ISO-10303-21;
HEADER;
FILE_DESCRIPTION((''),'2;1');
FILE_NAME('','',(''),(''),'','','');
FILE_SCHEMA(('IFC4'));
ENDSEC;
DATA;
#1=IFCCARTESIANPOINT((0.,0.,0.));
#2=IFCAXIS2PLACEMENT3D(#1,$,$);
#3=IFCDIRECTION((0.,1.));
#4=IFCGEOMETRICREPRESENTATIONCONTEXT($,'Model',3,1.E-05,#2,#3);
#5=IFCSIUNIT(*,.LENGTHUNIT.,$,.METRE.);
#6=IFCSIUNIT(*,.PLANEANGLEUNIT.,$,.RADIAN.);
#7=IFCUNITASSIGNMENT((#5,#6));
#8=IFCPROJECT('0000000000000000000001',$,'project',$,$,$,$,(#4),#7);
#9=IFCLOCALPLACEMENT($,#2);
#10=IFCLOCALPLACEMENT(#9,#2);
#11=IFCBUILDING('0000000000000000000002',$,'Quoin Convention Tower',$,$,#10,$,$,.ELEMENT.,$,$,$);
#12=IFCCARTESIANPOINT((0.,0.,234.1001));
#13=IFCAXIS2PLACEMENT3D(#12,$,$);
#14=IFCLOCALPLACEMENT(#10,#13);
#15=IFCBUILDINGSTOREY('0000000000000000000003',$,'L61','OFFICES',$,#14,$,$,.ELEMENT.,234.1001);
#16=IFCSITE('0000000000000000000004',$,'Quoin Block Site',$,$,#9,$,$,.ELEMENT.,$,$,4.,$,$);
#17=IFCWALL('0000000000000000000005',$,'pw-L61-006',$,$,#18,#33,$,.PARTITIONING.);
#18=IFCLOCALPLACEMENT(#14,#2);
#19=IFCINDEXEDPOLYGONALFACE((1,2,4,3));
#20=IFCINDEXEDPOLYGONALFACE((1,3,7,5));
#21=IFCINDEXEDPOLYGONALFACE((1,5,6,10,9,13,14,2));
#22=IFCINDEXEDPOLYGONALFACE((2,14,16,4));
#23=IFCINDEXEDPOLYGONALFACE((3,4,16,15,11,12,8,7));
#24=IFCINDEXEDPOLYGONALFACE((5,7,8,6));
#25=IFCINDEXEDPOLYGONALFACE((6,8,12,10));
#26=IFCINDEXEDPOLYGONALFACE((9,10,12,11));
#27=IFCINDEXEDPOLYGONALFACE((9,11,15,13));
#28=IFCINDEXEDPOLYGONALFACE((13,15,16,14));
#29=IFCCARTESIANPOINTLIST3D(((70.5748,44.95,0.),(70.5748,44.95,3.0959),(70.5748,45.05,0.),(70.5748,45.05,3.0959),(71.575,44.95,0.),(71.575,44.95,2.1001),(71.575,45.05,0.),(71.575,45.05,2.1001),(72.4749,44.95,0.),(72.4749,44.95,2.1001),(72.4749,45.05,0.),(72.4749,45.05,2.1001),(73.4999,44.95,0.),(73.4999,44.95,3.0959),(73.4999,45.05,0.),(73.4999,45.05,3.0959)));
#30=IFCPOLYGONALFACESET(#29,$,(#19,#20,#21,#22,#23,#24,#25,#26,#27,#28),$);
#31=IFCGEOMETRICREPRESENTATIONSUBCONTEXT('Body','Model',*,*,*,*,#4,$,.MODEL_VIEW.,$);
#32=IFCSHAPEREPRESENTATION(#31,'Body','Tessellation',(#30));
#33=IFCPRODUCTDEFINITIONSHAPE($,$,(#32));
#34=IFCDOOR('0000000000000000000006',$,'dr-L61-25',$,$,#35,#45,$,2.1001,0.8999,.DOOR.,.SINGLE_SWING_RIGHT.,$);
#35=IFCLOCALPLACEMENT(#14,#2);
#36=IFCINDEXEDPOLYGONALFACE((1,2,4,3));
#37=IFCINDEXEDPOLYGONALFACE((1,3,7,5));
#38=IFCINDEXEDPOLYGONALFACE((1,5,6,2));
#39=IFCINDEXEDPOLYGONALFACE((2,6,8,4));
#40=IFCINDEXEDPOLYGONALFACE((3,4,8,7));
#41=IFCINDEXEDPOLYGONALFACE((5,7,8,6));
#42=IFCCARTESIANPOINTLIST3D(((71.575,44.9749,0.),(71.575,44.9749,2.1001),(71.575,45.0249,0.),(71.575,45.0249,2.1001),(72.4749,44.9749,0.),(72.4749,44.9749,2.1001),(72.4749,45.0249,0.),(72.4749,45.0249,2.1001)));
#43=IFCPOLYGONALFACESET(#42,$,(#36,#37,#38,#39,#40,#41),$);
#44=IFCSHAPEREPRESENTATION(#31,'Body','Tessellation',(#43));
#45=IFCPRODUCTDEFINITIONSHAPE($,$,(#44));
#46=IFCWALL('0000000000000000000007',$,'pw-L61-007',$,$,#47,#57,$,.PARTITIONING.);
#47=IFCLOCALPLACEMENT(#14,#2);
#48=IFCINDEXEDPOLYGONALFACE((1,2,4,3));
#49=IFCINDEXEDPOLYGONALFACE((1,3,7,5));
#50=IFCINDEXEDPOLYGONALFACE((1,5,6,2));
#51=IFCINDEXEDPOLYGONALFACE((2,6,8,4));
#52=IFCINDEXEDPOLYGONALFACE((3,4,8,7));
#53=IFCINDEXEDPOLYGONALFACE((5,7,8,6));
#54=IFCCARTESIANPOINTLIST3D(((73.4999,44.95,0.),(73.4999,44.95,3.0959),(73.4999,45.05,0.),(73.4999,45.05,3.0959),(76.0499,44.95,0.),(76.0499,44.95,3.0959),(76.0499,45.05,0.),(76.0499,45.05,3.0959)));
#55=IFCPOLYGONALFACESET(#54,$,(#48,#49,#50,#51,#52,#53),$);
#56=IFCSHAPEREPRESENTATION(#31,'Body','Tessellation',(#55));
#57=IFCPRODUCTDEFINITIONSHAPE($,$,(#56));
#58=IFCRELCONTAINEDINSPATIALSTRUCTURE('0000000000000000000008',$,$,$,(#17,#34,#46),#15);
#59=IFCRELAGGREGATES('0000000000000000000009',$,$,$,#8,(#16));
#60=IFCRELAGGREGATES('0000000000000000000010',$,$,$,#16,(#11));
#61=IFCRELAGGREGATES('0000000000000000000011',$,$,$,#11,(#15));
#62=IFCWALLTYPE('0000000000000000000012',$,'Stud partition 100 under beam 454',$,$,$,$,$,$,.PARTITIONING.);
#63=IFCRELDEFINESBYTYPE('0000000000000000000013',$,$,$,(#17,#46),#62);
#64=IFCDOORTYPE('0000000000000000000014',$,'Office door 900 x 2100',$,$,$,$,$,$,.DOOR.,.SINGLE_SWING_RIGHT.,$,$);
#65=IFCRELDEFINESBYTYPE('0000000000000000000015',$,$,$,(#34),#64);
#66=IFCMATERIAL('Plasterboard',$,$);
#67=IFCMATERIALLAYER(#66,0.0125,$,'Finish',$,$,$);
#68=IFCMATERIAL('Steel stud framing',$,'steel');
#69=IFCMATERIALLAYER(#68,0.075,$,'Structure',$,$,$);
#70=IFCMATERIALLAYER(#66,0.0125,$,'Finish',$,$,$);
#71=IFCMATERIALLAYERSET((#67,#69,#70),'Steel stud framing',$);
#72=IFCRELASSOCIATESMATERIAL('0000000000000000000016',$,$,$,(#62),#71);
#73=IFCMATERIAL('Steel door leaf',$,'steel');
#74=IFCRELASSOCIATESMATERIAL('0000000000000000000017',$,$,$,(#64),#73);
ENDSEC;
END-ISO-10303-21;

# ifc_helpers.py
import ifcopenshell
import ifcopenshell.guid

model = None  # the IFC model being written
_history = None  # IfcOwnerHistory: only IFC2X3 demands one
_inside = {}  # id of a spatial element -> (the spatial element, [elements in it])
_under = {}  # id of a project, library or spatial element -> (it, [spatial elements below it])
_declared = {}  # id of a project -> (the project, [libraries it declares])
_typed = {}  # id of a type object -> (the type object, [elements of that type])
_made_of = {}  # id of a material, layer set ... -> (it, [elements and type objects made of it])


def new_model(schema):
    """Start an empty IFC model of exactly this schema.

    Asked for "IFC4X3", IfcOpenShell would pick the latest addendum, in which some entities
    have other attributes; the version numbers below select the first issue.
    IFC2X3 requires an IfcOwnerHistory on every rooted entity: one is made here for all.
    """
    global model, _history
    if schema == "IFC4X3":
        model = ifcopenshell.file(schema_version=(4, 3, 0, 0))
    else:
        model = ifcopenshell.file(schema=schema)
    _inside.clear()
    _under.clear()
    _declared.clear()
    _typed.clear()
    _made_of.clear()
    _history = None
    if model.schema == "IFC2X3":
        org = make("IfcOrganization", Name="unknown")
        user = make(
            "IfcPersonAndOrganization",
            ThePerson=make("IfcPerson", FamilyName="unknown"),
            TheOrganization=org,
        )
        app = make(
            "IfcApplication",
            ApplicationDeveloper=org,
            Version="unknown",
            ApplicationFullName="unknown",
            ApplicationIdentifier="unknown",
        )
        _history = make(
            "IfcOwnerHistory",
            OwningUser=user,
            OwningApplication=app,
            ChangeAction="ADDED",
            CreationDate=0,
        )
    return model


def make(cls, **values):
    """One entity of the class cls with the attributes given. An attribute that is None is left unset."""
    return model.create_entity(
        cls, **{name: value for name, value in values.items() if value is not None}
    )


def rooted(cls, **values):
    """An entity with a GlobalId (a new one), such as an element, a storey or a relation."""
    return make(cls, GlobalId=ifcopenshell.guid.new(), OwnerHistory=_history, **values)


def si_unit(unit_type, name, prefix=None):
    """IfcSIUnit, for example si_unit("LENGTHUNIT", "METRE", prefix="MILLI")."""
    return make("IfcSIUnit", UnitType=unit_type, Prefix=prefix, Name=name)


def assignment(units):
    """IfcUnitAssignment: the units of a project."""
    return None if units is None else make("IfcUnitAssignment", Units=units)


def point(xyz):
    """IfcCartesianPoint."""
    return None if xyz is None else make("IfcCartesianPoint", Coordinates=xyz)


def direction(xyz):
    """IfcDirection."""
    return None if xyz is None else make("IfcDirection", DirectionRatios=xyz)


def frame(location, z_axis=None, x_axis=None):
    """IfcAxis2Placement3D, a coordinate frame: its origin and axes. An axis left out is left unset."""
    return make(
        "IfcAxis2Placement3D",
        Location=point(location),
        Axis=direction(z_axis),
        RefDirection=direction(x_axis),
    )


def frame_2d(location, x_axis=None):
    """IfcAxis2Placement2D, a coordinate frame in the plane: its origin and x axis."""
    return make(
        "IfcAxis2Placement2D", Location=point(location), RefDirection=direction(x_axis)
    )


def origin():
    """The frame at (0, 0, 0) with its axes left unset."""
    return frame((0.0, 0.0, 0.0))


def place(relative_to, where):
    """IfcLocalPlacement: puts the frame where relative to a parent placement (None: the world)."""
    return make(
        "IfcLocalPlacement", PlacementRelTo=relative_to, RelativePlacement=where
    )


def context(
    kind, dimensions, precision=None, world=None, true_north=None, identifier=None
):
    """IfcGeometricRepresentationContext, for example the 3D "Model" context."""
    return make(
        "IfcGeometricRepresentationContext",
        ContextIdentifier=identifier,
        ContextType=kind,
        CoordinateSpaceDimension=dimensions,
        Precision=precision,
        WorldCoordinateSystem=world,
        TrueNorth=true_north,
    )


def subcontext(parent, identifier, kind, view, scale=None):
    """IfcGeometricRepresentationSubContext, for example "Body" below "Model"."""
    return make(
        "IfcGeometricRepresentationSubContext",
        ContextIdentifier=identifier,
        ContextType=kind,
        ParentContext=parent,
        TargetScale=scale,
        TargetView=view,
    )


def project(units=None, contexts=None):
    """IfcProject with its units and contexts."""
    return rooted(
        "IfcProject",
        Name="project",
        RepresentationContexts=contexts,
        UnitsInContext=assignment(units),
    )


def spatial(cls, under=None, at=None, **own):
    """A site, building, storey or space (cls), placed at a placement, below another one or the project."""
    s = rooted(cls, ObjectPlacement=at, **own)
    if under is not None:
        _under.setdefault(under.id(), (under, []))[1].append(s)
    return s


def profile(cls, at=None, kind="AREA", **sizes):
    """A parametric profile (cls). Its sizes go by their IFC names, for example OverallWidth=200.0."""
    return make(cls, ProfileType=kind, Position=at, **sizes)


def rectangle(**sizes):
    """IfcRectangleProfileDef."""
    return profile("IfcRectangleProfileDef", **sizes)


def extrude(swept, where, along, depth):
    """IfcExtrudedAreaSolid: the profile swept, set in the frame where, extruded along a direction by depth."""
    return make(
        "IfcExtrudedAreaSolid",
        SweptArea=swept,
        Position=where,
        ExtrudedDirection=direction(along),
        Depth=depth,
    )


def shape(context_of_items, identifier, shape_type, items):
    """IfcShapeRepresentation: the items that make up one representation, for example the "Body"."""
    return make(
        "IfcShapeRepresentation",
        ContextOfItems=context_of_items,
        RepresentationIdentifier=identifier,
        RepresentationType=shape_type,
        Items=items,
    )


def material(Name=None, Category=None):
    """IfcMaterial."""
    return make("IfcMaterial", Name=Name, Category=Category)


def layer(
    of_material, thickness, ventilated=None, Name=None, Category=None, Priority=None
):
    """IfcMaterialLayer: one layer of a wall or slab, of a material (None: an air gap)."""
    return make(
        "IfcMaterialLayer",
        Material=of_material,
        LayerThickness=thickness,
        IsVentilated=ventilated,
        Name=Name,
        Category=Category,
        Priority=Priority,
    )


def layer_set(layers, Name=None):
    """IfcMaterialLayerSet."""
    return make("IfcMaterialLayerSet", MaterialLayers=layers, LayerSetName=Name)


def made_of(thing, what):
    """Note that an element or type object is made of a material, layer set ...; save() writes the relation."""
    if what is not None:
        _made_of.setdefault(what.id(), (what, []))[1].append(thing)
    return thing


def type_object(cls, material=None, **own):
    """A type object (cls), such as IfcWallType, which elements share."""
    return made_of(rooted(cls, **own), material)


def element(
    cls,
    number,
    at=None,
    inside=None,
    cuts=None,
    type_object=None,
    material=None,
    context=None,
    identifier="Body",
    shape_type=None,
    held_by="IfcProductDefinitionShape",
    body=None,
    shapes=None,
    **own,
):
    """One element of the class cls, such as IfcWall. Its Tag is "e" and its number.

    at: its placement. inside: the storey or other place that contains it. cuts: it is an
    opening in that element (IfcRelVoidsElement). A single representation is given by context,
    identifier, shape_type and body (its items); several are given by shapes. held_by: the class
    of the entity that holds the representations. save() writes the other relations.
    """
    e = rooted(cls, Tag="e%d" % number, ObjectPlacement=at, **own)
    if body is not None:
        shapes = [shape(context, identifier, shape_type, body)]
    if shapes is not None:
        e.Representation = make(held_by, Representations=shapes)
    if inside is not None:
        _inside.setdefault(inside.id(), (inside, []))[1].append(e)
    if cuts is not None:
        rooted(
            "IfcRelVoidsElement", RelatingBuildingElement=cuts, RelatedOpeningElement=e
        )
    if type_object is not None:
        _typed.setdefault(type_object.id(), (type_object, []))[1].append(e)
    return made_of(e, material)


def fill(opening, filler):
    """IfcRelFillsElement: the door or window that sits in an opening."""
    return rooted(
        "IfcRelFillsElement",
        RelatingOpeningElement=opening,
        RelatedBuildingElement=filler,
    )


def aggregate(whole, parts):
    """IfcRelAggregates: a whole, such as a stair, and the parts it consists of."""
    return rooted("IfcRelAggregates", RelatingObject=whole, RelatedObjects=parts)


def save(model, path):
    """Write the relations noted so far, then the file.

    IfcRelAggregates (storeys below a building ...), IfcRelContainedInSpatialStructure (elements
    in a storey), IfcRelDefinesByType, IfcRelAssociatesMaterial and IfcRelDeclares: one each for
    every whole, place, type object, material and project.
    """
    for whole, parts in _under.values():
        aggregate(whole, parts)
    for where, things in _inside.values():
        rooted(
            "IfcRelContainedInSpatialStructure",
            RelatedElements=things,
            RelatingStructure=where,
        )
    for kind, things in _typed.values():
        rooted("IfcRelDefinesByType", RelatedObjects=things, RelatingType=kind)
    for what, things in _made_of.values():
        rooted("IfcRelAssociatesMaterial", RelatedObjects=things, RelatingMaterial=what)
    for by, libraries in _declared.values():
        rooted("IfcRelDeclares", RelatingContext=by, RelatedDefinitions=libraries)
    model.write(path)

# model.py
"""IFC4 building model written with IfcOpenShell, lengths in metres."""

from ifc_helpers import new_model, si_unit, direction, frame, frame_2d, origin, place, context, subcontext, project, spatial, rectangle, extrude, material, layer, layer_set, type_object, element, fill, save


model = new_model("IFC4")

# Units and contexts
model_context = context("Model", 3, precision=1e-05, world=origin(), true_north=direction((0.0, 1.0)))
body_context = subcontext(model_context, "Body", "Model", "MODEL_VIEW")
ifc_project = project(units=[si_unit("LENGTHUNIT", "METRE"), si_unit("PLANEANGLEUNIT", "RADIAN")], contexts=[model_context])

# Site, building, storey
site_placement = place(None, origin())
site = spatial("IfcSite", under=ifc_project, at=site_placement, Name="Quoin Block Site", CompositionType="ELEMENT", RefElevation=4.0)
building_placement = place(site_placement, origin())
building = spatial("IfcBuilding", under=site, at=building_placement, Name="Quoin Convention Tower", CompositionType="ELEMENT")
storey_placement = place(building_placement, frame((0.0, 0.0, 234.1001)))
storey = spatial("IfcBuildingStorey", under=building, at=storey_placement, Name="L61", Description="OFFICES", CompositionType="ELEMENT", Elevation=234.1001)

# Shared definitions
ifc_material_1 = material(Name="Plasterboard")
ifc_material_2 = material(Name="Steel stud framing", Category="steel")

# Wall, opening, door
ifc_material_3 = material(Name="Steel door leaf", Category="steel")
ifc_layer_1 = layer(ifc_material_1, 0.0125, Name="Finish")
ifc_layer_2 = layer(ifc_material_2, 0.075, Name="Structure")
ifc_layer_3 = layer(ifc_material_1, 0.0125, Name="Finish")
ifc_layer_set_1 = layer_set([ifc_layer_1, ifc_layer_2, ifc_layer_3], Name="Steel stud framing")
wall_type_1 = type_object("IfcWallType", Name="Stud partition 100 under beam 454", PredefinedType="PARTITIONING", material=ifc_layer_set_1)
wall_1_placement = place(storey_placement, frame((70.575, 45.0, 0.0), z_axis=(0.0, 0.0, 1.0), x_axis=(1.0, 0.0, 0.0)))
wall_1 = element("IfcWall", 1, at=wall_1_placement, inside=storey, type_object=wall_type_1, Name="pw-L61-006", PredefinedType="PARTITIONING", context=body_context, shape_type="SweptSolid", body=[
    extrude(rectangle(XDim=2.925, YDim=0.1001, at=frame_2d((1.4624, 0.0))), origin(), (0.0, 0.0, 1.0), 3.0959),
])
opening_1_placement = place(wall_1_placement, frame((1.0, 0.0, 0.0)))
opening_1 = element("IfcOpeningElement", 2, at=opening_1_placement, cuts=wall_1, PredefinedType="OPENING", context=body_context, shape_type="SweptSolid", body=[
    extrude(rectangle(XDim=0.8999, YDim=2.1001, at=frame_2d((0.45, 1.05))), frame((0.0, 0.0601, 0.0), z_axis=(0.0, -1.0, 0.0), x_axis=(1.0, 0.0, 0.0)), (0.0, 0.0, 1.0), 0.1201),
])
door_type_1 = type_object("IfcDoorType", Name="Office door 900 x 2100", OperationType="SINGLE_SWING_RIGHT", PredefinedType="DOOR", material=ifc_material_3)
door_1_placement = place(opening_1_placement, origin())
door_1 = element("IfcDoor", 3, at=door_1_placement, inside=storey, type_object=door_type_1, Name="dr-L61-25", OperationType="SINGLE_SWING_RIGHT", OverallHeight=2.1001, OverallWidth=0.8999, PredefinedType="DOOR", context=body_context, shape_type="SweptSolid", body=[
    extrude(rectangle(XDim=0.8999, YDim=2.1001, at=frame_2d((0.45, 1.05))), frame((0.0, 0.0249, 0.0), z_axis=(0.0, -1.0, 0.0), x_axis=(1.0, 0.0, 0.0)), (0.0, 0.0, 1.0), 0.05),
])
fill(opening_1, door_1)

# Wall
wall_2_placement = place(storey_placement, frame((73.5, 45.0, 0.0), z_axis=(0.0, 0.0, 1.0), x_axis=(1.0, 0.0, 0.0)))
element("IfcWall", 4, at=wall_2_placement, inside=storey, type_object=wall_type_1, Name="pw-L61-007", PredefinedType="PARTITIONING", context=body_context, shape_type="SweptSolid", body=[
    extrude(rectangle(XDim=2.55, YDim=0.1001, at=frame_2d((1.2749, 0.0))), origin(), (0.0, 0.0, 1.0), 3.0959),
])

save(model, "model.ifc")
